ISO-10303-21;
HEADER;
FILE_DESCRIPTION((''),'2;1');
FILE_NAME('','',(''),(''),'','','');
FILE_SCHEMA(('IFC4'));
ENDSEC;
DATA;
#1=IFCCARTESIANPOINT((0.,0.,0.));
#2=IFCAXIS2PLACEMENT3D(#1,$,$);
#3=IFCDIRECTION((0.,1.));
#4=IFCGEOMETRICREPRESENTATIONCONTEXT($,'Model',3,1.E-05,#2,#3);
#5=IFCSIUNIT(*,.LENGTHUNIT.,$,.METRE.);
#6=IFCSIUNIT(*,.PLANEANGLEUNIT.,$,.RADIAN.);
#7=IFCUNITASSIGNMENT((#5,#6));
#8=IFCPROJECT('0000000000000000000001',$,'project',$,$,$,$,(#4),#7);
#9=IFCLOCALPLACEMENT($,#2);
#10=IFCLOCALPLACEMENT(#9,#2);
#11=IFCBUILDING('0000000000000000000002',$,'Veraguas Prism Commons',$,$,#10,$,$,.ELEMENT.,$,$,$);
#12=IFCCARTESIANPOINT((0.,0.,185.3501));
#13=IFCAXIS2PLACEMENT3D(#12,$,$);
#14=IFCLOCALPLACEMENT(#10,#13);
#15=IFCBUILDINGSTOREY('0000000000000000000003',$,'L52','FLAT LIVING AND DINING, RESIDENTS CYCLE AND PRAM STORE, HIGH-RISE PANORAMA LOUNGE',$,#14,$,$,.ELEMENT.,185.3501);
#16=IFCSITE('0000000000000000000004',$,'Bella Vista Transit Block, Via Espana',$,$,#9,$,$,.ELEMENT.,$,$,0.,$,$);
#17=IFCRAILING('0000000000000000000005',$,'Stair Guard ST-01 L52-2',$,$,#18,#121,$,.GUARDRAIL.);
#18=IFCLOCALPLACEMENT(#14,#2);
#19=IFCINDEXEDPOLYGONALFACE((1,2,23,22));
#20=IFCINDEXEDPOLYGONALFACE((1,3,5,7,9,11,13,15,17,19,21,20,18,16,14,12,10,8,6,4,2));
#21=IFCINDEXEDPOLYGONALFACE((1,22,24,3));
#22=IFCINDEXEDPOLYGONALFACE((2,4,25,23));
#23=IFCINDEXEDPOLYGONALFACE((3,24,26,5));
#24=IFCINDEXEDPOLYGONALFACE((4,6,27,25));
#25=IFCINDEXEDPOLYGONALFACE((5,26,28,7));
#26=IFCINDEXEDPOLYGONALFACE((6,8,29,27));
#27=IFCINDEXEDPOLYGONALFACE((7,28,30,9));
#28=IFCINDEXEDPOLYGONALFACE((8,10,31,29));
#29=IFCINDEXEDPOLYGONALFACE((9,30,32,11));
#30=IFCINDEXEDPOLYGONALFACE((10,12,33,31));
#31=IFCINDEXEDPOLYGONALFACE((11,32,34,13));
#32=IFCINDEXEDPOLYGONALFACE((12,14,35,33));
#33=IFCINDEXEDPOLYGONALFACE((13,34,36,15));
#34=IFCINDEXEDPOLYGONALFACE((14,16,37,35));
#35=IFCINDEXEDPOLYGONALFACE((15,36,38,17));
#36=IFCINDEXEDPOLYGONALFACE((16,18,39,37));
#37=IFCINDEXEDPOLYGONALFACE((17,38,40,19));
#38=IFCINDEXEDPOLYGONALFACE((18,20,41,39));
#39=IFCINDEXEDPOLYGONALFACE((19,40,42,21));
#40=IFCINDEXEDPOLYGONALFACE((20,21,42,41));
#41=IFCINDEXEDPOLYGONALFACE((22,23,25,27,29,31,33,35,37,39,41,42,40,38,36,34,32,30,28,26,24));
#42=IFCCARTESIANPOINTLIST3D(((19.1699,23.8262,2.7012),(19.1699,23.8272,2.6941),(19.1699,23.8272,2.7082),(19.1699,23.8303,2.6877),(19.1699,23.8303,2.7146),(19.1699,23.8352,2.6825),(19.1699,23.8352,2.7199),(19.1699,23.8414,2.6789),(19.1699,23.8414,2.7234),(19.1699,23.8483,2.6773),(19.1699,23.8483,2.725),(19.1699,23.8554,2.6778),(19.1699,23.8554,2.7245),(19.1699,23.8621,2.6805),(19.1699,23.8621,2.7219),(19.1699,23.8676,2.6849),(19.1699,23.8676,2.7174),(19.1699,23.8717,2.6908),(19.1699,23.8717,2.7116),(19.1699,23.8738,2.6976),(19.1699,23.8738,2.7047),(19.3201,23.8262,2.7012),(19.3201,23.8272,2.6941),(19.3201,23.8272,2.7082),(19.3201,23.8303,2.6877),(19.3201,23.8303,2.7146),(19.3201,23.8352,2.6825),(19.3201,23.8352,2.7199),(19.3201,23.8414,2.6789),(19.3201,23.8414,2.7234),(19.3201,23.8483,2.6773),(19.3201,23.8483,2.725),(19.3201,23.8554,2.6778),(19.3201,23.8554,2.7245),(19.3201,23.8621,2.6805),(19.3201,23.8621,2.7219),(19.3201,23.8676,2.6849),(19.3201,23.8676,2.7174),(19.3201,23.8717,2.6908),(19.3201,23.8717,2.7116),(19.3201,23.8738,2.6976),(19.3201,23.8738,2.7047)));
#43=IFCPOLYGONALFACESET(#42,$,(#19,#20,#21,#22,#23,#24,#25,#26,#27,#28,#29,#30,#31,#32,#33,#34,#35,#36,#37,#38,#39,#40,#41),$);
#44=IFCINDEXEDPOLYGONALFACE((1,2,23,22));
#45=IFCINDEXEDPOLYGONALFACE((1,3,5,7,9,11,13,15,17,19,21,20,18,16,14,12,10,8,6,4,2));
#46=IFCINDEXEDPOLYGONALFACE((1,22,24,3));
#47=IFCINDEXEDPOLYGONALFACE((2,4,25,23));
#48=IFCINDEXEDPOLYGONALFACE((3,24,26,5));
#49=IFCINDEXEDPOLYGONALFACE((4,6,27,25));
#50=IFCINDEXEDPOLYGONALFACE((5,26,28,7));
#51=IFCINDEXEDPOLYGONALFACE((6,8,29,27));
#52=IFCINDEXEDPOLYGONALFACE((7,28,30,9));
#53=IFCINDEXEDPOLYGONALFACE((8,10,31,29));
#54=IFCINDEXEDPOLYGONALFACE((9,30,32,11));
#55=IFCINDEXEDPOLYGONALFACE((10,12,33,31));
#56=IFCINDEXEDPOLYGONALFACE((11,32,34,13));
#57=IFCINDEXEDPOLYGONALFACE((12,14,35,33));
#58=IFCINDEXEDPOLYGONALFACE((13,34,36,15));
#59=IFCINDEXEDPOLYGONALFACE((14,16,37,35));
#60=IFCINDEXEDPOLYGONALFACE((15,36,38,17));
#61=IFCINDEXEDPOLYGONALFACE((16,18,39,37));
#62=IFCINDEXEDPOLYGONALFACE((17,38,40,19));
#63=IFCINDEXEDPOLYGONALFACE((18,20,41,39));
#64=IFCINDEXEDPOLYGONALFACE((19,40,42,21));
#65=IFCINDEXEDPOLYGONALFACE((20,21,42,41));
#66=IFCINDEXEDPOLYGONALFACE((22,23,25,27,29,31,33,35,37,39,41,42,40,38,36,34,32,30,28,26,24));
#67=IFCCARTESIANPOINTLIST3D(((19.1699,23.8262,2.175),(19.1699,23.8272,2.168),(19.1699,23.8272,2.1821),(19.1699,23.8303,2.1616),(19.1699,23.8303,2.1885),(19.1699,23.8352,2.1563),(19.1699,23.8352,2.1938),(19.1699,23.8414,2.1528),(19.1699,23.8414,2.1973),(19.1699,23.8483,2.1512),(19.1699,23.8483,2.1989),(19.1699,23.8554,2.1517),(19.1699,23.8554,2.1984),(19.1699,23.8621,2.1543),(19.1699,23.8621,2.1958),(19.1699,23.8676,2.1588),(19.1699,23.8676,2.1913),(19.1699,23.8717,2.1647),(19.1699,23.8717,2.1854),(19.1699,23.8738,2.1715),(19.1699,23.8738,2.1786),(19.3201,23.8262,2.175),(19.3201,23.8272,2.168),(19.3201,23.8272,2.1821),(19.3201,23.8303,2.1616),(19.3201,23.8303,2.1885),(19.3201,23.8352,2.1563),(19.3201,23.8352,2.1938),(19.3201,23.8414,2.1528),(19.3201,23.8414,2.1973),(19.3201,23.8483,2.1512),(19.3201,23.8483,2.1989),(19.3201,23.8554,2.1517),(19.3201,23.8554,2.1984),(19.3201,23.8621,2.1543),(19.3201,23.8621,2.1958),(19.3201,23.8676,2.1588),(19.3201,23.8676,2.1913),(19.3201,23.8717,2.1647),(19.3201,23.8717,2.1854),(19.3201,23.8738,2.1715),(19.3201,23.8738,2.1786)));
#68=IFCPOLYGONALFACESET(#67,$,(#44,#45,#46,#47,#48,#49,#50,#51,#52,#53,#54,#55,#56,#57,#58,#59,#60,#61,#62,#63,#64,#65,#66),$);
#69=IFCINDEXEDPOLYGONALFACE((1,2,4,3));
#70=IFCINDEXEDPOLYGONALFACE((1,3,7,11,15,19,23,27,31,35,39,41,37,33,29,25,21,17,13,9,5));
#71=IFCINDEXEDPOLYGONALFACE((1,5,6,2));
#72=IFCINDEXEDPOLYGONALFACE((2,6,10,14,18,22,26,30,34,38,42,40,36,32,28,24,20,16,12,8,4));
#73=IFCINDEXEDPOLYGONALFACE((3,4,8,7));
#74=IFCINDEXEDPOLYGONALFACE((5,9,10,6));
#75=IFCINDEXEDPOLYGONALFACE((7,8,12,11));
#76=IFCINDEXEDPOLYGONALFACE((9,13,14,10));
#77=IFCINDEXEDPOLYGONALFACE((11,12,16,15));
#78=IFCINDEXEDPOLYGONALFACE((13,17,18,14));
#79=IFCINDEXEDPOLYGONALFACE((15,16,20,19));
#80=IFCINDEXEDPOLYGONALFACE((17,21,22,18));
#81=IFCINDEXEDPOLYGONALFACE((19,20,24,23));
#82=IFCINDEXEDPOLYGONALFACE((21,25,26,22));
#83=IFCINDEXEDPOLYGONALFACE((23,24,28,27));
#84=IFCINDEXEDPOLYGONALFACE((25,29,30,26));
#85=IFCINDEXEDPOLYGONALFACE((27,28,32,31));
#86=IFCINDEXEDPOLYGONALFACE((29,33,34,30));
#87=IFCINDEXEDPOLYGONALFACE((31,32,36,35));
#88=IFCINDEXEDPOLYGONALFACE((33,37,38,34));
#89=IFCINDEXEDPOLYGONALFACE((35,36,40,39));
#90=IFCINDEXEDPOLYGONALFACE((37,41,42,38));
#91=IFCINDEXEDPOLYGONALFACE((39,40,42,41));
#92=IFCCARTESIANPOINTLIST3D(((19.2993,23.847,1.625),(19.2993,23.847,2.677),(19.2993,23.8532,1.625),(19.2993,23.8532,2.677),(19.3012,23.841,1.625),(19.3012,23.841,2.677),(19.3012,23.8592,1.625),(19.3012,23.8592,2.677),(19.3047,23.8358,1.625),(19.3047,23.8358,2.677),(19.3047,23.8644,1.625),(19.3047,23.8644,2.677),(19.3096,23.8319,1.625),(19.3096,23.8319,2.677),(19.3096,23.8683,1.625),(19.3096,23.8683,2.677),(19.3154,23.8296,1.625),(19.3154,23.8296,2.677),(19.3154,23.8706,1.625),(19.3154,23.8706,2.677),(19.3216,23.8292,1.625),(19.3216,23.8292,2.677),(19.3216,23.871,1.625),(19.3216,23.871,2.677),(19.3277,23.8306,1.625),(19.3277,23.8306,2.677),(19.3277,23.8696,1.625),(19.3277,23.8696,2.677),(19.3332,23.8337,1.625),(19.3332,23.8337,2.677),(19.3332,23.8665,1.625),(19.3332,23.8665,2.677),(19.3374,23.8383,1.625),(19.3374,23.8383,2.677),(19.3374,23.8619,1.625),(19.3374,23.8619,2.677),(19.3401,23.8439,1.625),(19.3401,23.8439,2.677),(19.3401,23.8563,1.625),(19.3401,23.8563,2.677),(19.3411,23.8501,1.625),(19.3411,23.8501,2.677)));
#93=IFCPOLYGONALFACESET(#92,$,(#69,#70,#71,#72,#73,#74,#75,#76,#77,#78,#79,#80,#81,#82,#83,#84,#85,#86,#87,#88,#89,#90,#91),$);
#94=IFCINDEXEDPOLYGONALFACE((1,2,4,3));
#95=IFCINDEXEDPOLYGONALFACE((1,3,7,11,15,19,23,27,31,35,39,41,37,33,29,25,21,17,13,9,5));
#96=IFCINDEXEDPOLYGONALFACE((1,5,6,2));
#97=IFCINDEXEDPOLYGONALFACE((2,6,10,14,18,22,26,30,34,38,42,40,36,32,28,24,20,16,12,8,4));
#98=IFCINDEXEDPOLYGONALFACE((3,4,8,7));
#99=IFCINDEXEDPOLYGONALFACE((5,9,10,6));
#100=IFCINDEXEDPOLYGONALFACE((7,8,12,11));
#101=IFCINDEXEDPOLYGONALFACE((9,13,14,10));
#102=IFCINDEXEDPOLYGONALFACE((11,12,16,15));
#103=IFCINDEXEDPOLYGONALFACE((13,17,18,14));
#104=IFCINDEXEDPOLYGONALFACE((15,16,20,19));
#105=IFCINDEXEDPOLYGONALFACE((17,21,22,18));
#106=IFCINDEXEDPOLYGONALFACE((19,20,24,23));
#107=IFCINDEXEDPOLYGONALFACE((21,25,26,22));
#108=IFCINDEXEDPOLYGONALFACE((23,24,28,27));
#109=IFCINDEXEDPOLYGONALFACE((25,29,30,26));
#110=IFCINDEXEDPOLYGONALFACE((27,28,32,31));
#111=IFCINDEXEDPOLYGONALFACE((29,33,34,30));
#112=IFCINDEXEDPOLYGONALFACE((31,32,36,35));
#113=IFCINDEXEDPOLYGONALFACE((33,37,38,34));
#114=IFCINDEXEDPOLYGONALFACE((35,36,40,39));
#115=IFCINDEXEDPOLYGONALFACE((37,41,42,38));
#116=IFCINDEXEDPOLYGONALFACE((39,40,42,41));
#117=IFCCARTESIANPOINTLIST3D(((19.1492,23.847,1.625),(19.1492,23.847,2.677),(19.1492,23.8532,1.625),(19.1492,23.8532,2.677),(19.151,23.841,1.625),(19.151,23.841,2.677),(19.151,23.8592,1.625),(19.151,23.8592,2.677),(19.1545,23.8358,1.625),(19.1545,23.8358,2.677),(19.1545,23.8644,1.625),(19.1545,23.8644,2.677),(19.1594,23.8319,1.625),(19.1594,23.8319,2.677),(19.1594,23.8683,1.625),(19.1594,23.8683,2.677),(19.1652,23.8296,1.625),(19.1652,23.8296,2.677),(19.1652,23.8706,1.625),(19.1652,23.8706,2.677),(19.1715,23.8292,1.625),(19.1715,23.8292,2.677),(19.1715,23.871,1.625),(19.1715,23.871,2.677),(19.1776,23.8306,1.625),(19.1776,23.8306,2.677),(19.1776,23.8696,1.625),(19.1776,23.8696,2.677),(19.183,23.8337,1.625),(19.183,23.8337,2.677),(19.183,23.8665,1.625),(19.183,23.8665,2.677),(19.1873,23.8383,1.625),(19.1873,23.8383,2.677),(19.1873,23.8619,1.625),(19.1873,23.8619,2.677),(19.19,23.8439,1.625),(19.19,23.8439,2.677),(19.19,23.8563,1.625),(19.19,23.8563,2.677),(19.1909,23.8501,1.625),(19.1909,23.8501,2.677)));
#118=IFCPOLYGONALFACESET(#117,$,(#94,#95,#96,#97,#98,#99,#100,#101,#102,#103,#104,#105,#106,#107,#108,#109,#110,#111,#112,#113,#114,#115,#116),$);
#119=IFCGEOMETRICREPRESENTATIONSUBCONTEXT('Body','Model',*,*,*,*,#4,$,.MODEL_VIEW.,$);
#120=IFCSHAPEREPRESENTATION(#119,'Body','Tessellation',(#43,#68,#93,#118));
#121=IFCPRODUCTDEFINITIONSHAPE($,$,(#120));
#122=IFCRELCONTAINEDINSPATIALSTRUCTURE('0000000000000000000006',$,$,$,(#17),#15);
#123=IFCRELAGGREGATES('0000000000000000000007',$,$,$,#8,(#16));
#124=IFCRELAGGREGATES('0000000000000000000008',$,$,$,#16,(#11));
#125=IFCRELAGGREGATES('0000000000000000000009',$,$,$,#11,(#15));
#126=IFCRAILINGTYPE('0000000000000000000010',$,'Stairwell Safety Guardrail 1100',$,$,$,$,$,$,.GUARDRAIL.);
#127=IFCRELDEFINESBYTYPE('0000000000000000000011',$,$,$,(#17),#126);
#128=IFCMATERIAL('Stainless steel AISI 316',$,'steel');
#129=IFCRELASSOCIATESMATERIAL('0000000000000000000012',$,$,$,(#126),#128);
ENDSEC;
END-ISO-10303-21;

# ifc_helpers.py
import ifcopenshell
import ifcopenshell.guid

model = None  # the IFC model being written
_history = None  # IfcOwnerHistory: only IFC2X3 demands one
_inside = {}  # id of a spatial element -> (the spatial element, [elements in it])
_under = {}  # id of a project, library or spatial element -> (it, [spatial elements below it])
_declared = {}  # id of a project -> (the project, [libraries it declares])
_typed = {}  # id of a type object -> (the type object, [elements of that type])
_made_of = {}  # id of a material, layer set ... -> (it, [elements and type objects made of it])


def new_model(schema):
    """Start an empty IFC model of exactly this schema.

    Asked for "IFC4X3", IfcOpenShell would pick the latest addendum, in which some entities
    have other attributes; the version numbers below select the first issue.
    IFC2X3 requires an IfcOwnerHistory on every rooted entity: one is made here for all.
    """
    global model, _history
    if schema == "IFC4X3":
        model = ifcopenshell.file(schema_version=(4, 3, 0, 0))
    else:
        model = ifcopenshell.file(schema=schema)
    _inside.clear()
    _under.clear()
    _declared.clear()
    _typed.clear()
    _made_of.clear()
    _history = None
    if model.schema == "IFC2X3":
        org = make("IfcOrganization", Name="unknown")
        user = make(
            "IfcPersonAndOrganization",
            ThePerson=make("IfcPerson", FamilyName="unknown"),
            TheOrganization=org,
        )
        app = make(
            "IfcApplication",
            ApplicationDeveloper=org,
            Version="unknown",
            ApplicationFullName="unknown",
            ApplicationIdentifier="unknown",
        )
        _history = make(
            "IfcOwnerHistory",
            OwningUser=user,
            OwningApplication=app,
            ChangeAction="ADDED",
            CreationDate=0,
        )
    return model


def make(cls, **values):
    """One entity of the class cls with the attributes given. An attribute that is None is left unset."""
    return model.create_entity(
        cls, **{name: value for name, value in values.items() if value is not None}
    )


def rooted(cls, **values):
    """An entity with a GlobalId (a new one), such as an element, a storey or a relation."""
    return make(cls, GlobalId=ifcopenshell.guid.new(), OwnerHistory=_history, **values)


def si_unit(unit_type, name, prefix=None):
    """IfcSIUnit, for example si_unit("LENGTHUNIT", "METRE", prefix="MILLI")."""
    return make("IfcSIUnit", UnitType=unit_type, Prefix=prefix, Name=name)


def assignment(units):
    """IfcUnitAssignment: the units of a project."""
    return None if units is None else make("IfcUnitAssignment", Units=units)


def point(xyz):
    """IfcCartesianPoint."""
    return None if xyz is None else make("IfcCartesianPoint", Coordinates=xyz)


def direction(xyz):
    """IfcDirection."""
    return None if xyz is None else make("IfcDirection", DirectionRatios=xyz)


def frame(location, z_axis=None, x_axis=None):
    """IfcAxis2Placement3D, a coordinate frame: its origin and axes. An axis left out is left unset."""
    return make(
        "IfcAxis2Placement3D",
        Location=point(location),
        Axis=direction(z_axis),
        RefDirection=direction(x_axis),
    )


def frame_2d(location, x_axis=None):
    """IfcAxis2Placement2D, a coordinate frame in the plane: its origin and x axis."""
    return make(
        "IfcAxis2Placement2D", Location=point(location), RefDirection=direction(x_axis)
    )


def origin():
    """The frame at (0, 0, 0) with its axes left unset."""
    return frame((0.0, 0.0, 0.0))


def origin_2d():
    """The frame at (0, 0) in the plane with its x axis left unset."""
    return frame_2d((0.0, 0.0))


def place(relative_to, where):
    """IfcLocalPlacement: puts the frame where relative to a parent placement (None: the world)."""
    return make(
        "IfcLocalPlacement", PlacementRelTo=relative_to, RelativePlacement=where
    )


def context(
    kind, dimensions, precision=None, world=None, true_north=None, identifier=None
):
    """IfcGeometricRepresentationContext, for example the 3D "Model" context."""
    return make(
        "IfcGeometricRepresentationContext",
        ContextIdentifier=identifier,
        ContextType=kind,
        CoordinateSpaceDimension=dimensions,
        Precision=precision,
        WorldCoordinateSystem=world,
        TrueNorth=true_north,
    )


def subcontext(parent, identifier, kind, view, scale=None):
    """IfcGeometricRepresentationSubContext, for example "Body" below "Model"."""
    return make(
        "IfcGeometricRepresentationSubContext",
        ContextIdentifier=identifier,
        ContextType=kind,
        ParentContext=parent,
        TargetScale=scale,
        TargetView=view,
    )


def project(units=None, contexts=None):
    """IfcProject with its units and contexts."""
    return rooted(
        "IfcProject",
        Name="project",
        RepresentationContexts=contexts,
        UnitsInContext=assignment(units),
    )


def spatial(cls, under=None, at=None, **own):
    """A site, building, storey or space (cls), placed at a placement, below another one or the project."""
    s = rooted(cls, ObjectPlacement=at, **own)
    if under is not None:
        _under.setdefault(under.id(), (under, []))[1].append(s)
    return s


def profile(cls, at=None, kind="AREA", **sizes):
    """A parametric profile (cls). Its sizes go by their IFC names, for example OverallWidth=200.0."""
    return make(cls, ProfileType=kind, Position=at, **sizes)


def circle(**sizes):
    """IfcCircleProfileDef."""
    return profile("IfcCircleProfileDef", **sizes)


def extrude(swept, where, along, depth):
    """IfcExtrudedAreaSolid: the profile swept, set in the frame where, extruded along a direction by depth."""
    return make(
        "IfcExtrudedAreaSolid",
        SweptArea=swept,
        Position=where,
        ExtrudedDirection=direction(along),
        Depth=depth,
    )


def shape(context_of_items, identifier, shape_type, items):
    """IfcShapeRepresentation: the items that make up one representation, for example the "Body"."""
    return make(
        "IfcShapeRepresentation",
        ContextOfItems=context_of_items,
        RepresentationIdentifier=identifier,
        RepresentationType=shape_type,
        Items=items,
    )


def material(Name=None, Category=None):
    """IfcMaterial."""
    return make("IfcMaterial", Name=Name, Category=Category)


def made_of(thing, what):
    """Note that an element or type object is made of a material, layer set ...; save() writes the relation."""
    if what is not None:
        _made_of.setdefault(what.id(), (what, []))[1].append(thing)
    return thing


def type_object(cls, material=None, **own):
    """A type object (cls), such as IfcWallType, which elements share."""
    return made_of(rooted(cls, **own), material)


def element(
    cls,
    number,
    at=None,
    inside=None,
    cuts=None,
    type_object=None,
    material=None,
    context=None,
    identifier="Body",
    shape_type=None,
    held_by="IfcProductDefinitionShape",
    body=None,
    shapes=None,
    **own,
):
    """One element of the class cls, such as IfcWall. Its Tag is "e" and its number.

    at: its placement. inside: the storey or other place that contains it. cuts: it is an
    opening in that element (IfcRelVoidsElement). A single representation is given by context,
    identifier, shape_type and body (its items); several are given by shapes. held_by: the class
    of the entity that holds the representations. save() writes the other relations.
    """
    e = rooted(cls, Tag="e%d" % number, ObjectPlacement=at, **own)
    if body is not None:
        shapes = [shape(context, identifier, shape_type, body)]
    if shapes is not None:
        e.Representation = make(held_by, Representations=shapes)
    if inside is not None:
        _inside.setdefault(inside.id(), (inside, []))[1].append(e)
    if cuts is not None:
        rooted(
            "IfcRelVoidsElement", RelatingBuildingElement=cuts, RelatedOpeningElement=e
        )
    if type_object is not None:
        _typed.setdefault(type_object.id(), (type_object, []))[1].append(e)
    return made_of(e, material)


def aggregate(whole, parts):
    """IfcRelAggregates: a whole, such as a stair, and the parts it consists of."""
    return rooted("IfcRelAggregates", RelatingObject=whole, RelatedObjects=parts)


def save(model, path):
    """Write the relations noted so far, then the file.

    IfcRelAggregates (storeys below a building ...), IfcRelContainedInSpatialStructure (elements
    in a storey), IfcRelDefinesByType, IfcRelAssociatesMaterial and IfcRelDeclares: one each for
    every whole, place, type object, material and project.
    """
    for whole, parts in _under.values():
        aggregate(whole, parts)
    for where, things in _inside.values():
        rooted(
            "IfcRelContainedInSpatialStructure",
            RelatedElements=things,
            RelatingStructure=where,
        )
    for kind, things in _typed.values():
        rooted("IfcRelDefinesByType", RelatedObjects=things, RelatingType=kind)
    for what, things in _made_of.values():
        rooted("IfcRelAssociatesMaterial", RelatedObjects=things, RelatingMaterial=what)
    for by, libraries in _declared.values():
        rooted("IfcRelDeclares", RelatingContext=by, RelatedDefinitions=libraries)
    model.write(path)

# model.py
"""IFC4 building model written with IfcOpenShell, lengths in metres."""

from ifc_helpers import new_model, si_unit, direction, frame, origin, origin_2d, place, context, subcontext, project, spatial, circle, extrude, material, type_object, element, save


model = new_model("IFC4")

# Units and contexts
model_context = context("Model", 3, precision=1e-05, world=origin(), true_north=direction((0.0, 1.0)))
body_context = subcontext(model_context, "Body", "Model", "MODEL_VIEW")
ifc_project = project(units=[si_unit("LENGTHUNIT", "METRE"), si_unit("PLANEANGLEUNIT", "RADIAN")], contexts=[model_context])

# Site, building, storey
site_placement = place(None, origin())
site = spatial("IfcSite", under=ifc_project, at=site_placement, Name="Bella Vista Transit Block, Via Espana", CompositionType="ELEMENT", RefElevation=0.0)
building_placement = place(site_placement, origin())
building = spatial("IfcBuilding", under=site, at=building_placement, Name="Veraguas Prism Commons", CompositionType="ELEMENT")
storey_placement = place(building_placement, frame((0.0, 0.0, 185.3501)))
storey = spatial("IfcBuildingStorey", under=building, at=storey_placement, Name="L52", Description="FLAT LIVING AND DINING, RESIDENTS CYCLE AND PRAM STORE, HIGH-RISE PANORAMA LOUNGE", CompositionType="ELEMENT", Elevation=185.3501)

# Railing
ifc_material_1 = material(Name="Stainless steel AISI 316", Category="steel")
railing_type_1 = type_object("IfcRailingType", Name="Stairwell Safety Guardrail 1100", PredefinedType="GUARDRAIL", material=ifc_material_1)
railing_1_placement = place(storey_placement, frame((19.3201, 23.8501, 1.625)))
element("IfcRailing", 1, at=railing_1_placement, inside=storey, type_object=railing_type_1, Name="Stair Guard ST-01 L52-2", PredefinedType="GUARDRAIL", context=body_context, shape_type="SweptSolid", body=[
    extrude(circle(Radius=0.0239, at=origin_2d()), frame((0.0, 0.0, 1.0762), z_axis=(-1.0, 0.0, 0.0), x_axis=(0.0, -1.0, 0.0)), (0.0, 0.0, 1.0), 0.1501),
    extrude(circle(Radius=0.0239, at=origin_2d()), frame((0.0, 0.0, 0.55), z_axis=(-1.0, 0.0, 0.0), x_axis=(0.0, -1.0, 0.0)), (0.0, 0.0, 1.0), 0.1501),
    extrude(circle(Radius=0.021, at=origin_2d()), origin(), (0.0, 0.0, 1.0), 1.052),
    extrude(circle(Radius=0.021, at=origin_2d()), frame((-0.1501, 0.0, 0.0)), (0.0, 0.0, 1.0), 1.052),
])

save(model, "model.ifc")
